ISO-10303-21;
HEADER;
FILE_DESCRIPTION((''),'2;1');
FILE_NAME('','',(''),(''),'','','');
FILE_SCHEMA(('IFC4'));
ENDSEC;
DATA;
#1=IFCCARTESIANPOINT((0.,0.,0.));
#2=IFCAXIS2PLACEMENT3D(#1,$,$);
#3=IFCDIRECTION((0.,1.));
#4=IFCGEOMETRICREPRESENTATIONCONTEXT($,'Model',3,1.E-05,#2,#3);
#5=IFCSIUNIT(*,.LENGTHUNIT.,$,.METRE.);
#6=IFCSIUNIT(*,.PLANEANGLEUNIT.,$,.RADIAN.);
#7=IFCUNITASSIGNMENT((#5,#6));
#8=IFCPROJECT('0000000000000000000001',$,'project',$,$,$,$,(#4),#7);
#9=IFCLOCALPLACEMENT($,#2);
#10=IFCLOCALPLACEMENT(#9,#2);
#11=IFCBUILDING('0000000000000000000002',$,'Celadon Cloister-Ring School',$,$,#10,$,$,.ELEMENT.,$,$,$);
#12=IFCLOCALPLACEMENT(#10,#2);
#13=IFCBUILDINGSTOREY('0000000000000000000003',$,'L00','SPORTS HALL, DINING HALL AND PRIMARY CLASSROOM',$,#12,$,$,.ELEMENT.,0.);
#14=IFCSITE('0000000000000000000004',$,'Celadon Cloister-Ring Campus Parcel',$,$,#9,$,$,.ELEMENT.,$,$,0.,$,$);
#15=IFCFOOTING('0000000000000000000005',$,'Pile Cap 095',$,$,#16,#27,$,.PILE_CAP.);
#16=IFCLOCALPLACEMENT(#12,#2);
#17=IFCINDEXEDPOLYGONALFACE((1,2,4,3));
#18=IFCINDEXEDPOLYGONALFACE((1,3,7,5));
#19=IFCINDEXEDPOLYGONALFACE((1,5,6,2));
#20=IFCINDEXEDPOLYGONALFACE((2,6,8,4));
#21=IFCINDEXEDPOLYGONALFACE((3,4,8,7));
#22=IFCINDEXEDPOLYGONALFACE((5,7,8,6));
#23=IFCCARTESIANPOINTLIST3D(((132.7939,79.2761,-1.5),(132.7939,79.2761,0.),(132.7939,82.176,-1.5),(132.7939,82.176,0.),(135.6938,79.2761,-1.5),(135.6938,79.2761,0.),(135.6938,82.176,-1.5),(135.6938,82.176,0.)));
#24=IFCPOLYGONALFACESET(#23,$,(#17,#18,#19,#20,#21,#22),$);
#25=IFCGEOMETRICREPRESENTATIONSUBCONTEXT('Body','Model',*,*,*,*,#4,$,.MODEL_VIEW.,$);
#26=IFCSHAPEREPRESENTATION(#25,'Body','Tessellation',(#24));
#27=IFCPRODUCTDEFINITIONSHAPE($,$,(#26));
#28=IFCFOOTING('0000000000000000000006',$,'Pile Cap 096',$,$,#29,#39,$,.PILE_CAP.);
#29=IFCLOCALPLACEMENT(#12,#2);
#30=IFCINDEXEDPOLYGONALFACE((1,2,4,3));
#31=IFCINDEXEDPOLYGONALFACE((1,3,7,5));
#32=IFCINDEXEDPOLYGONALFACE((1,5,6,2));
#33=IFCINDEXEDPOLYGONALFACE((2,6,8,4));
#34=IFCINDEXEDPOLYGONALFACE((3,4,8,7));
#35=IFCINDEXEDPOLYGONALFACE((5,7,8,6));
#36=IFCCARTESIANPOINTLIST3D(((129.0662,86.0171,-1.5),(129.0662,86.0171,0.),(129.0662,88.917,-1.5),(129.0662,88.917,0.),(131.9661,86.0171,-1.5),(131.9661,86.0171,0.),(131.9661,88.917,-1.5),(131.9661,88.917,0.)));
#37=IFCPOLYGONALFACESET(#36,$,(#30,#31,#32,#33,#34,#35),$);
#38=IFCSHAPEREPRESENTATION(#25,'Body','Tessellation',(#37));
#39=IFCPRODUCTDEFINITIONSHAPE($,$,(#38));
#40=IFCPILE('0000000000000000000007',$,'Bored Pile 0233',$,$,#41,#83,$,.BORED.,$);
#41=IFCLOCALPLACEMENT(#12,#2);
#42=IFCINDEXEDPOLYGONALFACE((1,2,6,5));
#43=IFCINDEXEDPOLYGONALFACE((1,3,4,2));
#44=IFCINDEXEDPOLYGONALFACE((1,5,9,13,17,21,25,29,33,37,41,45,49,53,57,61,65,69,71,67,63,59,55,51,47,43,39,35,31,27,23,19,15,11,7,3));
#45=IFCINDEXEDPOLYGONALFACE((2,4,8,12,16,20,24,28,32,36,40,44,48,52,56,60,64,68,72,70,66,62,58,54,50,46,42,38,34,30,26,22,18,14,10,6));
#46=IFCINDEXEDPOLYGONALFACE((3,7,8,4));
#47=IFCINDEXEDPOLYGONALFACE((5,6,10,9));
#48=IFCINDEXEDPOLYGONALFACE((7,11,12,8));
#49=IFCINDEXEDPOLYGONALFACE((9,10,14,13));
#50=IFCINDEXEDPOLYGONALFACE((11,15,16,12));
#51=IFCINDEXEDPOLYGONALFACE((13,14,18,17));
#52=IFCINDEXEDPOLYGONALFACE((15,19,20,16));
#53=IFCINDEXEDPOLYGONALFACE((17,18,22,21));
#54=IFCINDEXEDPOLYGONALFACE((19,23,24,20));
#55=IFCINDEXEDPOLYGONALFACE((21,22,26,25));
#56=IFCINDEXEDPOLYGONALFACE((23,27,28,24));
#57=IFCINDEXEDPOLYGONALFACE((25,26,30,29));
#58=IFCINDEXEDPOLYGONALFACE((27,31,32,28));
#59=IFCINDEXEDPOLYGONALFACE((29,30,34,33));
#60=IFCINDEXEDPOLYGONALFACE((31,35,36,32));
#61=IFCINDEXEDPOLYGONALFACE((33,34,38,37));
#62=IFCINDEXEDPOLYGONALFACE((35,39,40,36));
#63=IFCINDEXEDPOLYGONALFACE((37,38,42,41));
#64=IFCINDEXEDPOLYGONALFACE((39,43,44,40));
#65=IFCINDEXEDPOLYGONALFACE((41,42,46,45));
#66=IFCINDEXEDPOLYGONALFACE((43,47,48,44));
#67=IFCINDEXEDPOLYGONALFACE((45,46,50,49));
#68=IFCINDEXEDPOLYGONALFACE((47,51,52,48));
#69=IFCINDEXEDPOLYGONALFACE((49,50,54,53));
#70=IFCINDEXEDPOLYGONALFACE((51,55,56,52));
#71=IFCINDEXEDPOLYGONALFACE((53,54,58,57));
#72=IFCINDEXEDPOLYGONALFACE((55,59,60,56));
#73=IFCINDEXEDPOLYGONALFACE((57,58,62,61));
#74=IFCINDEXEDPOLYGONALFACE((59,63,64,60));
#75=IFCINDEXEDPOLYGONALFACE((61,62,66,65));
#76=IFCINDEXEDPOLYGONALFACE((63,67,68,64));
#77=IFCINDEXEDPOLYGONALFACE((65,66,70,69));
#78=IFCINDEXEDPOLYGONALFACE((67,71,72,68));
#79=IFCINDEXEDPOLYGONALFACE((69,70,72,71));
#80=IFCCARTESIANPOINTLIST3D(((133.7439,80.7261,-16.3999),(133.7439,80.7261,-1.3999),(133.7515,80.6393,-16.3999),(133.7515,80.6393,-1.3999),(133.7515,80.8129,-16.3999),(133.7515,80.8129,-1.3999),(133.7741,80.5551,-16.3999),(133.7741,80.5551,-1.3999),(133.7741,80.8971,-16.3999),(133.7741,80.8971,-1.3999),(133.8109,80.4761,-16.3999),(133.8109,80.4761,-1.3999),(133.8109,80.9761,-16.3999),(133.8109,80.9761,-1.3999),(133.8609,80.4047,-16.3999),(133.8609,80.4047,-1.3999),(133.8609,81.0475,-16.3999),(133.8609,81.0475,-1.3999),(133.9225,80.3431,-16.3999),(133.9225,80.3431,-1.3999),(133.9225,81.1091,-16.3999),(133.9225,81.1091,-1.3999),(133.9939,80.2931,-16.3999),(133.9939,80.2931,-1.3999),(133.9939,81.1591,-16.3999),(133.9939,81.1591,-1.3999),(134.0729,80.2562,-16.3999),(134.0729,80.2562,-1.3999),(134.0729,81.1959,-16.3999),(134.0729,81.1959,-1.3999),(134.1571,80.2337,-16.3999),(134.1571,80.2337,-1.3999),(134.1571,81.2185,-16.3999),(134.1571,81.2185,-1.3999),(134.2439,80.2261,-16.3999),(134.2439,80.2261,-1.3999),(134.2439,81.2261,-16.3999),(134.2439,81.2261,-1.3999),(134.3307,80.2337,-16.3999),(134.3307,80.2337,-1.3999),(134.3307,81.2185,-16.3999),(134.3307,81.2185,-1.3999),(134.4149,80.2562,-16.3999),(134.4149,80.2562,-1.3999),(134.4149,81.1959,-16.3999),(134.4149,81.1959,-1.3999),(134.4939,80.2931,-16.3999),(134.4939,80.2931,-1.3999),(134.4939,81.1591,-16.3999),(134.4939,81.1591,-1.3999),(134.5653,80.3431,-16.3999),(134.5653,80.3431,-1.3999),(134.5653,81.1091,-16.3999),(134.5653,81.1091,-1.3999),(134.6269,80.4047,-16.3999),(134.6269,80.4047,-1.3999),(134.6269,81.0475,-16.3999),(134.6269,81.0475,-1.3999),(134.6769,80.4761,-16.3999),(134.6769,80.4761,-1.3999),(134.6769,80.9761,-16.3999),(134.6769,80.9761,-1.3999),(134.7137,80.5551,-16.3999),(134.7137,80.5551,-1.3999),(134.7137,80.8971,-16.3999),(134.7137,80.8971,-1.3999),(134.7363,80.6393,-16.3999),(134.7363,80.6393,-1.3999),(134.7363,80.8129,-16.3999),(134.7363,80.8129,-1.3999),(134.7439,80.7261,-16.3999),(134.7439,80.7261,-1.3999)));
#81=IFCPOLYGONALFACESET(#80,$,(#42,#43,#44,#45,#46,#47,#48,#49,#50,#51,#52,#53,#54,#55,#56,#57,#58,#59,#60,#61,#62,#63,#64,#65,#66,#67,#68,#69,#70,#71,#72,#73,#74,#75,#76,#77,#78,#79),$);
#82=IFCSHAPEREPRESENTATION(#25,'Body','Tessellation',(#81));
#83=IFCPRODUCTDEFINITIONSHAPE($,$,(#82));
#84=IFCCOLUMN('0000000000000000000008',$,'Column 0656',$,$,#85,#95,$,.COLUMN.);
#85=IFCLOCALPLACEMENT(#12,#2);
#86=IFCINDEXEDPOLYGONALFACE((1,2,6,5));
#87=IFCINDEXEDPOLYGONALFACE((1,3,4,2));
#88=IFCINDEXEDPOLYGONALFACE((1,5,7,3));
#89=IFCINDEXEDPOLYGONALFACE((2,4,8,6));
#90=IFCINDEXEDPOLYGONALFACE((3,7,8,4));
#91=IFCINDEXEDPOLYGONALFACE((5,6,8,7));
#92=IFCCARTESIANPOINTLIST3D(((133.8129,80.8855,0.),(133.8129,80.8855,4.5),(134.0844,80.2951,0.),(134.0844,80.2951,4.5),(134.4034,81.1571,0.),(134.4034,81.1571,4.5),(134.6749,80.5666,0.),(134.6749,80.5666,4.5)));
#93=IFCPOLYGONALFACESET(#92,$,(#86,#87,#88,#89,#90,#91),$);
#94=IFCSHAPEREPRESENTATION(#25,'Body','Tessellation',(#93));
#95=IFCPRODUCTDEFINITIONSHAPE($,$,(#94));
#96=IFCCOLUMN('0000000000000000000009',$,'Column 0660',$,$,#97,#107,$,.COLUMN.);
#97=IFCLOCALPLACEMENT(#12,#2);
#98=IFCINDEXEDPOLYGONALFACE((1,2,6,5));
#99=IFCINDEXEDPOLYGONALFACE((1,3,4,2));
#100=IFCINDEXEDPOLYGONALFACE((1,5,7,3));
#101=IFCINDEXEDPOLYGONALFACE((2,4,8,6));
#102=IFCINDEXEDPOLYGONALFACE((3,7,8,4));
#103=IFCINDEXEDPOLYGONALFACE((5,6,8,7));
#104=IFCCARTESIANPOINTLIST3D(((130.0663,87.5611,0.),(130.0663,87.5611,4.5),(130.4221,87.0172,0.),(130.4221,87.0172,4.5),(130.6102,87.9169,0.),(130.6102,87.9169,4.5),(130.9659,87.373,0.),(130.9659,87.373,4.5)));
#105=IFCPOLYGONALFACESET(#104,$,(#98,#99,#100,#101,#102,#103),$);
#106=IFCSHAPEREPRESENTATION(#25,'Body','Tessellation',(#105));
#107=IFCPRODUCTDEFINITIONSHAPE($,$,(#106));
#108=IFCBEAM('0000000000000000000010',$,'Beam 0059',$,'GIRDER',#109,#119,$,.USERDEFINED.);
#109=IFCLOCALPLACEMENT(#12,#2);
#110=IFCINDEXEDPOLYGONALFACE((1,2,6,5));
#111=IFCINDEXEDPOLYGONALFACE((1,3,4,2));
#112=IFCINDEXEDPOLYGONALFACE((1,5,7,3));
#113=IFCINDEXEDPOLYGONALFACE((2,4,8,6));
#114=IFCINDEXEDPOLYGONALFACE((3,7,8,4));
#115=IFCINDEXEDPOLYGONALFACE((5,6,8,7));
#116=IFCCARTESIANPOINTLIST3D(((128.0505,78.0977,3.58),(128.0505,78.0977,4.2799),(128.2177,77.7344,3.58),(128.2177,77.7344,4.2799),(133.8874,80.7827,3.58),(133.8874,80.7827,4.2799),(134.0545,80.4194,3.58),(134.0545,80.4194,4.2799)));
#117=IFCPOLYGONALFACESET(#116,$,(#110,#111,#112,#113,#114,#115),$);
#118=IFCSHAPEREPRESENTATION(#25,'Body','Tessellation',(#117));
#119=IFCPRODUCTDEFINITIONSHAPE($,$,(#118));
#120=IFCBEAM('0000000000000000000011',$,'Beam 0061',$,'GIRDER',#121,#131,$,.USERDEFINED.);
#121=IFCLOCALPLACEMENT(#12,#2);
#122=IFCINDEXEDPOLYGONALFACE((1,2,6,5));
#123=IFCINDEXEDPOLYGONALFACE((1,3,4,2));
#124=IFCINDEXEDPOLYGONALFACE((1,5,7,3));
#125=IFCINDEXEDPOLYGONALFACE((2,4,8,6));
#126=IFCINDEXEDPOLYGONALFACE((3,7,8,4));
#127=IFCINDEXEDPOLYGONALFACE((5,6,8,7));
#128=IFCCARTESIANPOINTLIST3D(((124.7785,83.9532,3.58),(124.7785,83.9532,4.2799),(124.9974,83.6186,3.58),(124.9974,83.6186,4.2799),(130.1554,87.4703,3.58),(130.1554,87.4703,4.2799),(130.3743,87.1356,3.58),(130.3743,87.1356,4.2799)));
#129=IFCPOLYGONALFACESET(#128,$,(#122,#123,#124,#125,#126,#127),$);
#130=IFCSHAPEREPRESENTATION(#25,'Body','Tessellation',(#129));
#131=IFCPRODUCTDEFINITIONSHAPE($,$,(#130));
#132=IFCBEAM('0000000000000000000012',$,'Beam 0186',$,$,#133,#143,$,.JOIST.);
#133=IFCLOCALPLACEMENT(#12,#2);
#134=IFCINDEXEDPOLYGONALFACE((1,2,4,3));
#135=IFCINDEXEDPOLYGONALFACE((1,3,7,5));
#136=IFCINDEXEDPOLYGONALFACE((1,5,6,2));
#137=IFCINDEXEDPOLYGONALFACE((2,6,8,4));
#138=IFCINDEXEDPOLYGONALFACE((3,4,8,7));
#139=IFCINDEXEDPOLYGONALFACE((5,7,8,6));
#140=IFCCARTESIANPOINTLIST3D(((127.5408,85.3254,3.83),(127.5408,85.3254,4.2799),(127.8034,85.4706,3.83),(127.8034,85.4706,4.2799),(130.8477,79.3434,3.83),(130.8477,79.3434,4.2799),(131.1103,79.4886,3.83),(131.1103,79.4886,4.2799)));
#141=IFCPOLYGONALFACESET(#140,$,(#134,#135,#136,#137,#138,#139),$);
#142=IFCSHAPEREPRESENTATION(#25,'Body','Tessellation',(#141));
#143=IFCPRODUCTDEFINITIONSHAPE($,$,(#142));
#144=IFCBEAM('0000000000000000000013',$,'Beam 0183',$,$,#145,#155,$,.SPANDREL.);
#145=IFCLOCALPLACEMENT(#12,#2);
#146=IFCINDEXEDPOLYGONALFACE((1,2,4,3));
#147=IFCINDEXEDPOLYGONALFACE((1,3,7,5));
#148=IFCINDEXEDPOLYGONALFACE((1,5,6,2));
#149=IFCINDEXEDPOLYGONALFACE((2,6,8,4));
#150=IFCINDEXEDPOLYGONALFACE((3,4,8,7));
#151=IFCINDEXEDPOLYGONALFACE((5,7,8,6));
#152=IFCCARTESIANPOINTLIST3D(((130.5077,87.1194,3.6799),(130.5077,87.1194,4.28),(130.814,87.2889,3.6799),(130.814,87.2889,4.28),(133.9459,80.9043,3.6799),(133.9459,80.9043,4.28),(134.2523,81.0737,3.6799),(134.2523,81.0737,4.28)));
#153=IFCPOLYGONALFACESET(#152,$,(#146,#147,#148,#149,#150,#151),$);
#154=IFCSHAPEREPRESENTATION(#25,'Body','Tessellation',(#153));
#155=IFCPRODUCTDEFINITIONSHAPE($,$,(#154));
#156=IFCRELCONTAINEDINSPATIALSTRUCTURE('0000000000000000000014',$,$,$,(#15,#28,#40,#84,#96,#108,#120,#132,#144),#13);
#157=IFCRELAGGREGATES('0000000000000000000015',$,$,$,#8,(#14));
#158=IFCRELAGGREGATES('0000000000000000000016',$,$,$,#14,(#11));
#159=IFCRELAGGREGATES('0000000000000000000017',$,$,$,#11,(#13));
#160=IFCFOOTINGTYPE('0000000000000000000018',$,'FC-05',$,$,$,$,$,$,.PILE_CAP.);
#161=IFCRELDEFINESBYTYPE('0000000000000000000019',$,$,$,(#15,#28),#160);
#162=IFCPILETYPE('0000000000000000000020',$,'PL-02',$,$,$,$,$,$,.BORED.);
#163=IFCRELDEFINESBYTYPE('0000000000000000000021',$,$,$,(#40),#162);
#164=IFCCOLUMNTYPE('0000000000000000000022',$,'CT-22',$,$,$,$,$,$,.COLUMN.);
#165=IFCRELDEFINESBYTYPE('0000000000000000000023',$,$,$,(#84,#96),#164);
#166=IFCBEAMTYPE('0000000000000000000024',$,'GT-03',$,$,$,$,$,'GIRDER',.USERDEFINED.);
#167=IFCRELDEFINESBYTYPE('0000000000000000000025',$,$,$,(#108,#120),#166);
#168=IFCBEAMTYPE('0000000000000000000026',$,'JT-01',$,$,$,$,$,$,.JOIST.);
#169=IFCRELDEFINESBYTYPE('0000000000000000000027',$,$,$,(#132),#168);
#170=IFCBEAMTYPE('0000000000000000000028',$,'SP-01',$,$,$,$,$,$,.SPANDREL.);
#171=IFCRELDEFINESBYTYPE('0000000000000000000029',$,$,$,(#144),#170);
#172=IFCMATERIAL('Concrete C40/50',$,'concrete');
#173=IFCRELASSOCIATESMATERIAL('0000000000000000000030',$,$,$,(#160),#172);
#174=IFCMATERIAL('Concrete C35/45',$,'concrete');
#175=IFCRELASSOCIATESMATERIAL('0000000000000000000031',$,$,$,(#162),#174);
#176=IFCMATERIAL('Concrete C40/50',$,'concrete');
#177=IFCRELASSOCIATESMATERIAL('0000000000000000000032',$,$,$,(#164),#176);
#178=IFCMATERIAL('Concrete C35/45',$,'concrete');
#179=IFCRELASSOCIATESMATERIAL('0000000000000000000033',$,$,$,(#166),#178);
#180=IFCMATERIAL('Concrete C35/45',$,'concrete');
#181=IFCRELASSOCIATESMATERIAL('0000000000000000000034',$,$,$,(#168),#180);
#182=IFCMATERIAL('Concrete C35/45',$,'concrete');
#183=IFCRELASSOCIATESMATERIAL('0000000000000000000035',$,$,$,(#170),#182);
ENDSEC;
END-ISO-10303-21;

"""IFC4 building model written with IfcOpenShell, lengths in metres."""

from ifc_helpers import new_model, si_unit, direction, frame, origin, origin_2d, place, context, subcontext, project, spatial, rectangle, circle, extrude, material, material_profile, profile_set, type_object, element, save


model = new_model("IFC4")

# Units and contexts
model_context = context("Model", 3, precision=1e-05, world=origin(), true_north=direction((0.0, 1.0)))
body_context = subcontext(model_context, "Body", "Model", "MODEL_VIEW")
ifc_project = project(units=[si_unit("LENGTHUNIT", "METRE"), si_unit("PLANEANGLEUNIT", "RADIAN")], contexts=[model_context])

# Site, building, storey
site_placement = place(None, origin())
site = spatial("IfcSite", under=ifc_project, at=site_placement, Name="Celadon Cloister-Ring Campus Parcel", CompositionType="ELEMENT", RefElevation=0.0)
building_placement = place(site_placement, origin())
building = spatial("IfcBuilding", under=site, at=building_placement, Name="Celadon Cloister-Ring School", CompositionType="ELEMENT")
storey_placement = place(building_placement, origin())
storey = spatial("IfcBuildingStorey", under=building, at=storey_placement, Name="L00", Description="SPORTS HALL, DINING HALL AND PRIMARY CLASSROOM", CompositionType="ELEMENT", Elevation=0.0)

# Footings
ifc_material_1 = material(Name="Concrete C40/50", Category="concrete")
footing_type = type_object("IfcFootingType", Name="FC-05", PredefinedType="PILE_CAP", material=ifc_material_1)
for number, where, z_axis, x_axis, name in (
    (1, (134.2439, 80.7261, -1.5), (0.0, 0.0, 1.0), (1.0, 0.0, 0.0), "Pile Cap 095"),
    (2, (130.5161, 87.467, -1.5), (0.0, 0.0, 1.0), (1.0, 0.0, 0.0), "Pile Cap 096"),
):
    element("IfcFooting", number, at=place(storey_placement, frame(where, z_axis=z_axis, x_axis=x_axis)), inside=storey, type_object=footing_type, Name=name, PredefinedType="PILE_CAP", context=body_context, shape_type="SweptSolid", body=[
        extrude(rectangle(XDim=2.8999, YDim=2.8999, at=origin_2d()), origin(), (0.0, 0.0, 1.0), 1.5),
    ])

# Pile
ifc_material_2 = material(Name="Concrete C35/45", Category="concrete")
ifc_material_profile_1 = material_profile(ifc_material_2, circle(Radius=0.5, at=origin_2d()), Name="PILE1000")
ifc_profile_set_1 = profile_set([ifc_material_profile_1], Name="Concrete C35/45")
pile_type = type_object("IfcPileType", Name="PL-02", PredefinedType="BORED", material=ifc_profile_set_1)
pile_placement = place(storey_placement, frame((134.2439, 80.7261, -1.3999), z_axis=(0.0, 0.0, -1.0), x_axis=(1.0, 0.0, 0.0)))
element("IfcPile", 3, at=pile_placement, inside=storey, type_object=pile_type, Name="Bored Pile 0233", PredefinedType="BORED", context=body_context, shape_type="SweptSolid", body=[
    extrude(circle(Radius=0.5, at=origin_2d()), origin(), (0.0, 0.0, 1.0), 15.0),
])

# Columns
ifc_material_3 = material(Name="Concrete C40/50", Category="concrete")
ifc_material_profile_2 = material_profile(ifc_material_3, rectangle(XDim=0.6499, YDim=0.6499, at=origin_2d()), Name="RC650X650")
ifc_profile_set_2 = profile_set([ifc_material_profile_2], Name="Concrete C40/50")
column_type = type_object("IfcColumnType", Name="CT-22", PredefinedType="COLUMN", material=ifc_profile_set_2)
for number, where, z_axis, x_axis, name in (
    (4, (134.2439, 80.7261, 0.0), (0.0, 0.0, 1.0), (0.908537, 0.417804, 0.0), "Column 0656"),
    (5, (130.5161, 87.467, 0.0), (0.0, 0.0, 1.0), (0.836841, 0.547446, 0.0), "Column 0660"),
):
    element("IfcColumn", number, at=place(storey_placement, frame(where, z_axis=z_axis, x_axis=x_axis)), inside=storey, type_object=column_type, Name=name, PredefinedType="COLUMN", context=body_context, shape_type="SweptSolid", body=[
        extrude(rectangle(XDim=0.6499, YDim=0.6499, at=origin_2d()), origin(), (0.0, 0.0, 1.0), 4.5),
    ])

# Beams
ifc_material_4 = material(Name="Concrete C35/45", Category="concrete")
ifc_material_profile_3 = material_profile(ifc_material_4, rectangle(XDim=0.3999, YDim=0.7, at=origin_2d()), Name="RC400X700")
ifc_profile_set_3 = profile_set([ifc_material_profile_3], Name="Concrete C35/45")
beam_type_1 = type_object("IfcBeamType", Name="GT-03", ElementType="GIRDER", PredefinedType="USERDEFINED", material=ifc_profile_set_3)
beam_1_placement = place(storey_placement, frame((133.9709, 80.6011, 3.9299), z_axis=(-0.908486, -0.417916, 0.0), x_axis=(0.417916, -0.908486, 0.0)))
element("IfcBeam", 6, at=beam_1_placement, inside=storey, type_object=beam_type_1, Name="Beam 0059", ObjectType="GIRDER", PredefinedType="USERDEFINED", context=body_context, shape_type="SweptSolid", body=[
    extrude(rectangle(XDim=0.3999, YDim=0.7, at=origin_2d()), origin(), (0.0, 0.0, 1.0), 6.4248),
])
beam_2_placement = place(storey_placement, frame((130.2649, 87.303, 3.9299), z_axis=(-0.836871, -0.547401, 0.0), x_axis=(0.547401, -0.836871, 0.0)))
element("IfcBeam", 7, at=beam_2_placement, inside=storey, type_object=beam_type_1, Name="Beam 0061", ObjectType="GIRDER", PredefinedType="USERDEFINED", context=body_context, shape_type="SweptSolid", body=[
    extrude(rectangle(XDim=0.3999, YDim=0.7, at=origin_2d()), origin(), (0.0, 0.0, 1.0), 6.425),
])
ifc_material_5 = material(Name="Concrete C35/45", Category="concrete")
ifc_material_profile_4 = material_profile(ifc_material_5, rectangle(XDim=0.3, YDim=0.45, at=origin_2d()), Name="RC300X450")
ifc_profile_set_4 = profile_set([ifc_material_profile_4], Name="Concrete C35/45")
beam_type_2 = type_object("IfcBeamType", Name="JT-01", PredefinedType="JOIST", material=ifc_profile_set_4)
beam_3_placement = place(storey_placement, frame((130.979, 79.416, 4.0549), z_axis=(-0.483807, 0.875175, 0.0), x_axis=(-0.875175, -0.483807, 0.0)))
element("IfcBeam", 8, at=beam_3_placement, inside=storey, type_object=beam_type_2, Name="Beam 0186", PredefinedType="JOIST", context=body_context, shape_type="SweptSolid", body=[
    extrude(rectangle(XDim=0.3, YDim=0.45, at=origin_2d()), origin(), (0.0, 0.0, 1.0), 6.8352),
])
ifc_material_6 = material(Name="Concrete C35/45", Category="concrete")
ifc_material_profile_5 = material_profile(ifc_material_6, rectangle(XDim=0.3501, YDim=0.6001, at=origin_2d()), Name="RC350X600")
ifc_profile_set_5 = profile_set([ifc_material_profile_5], Name="Concrete C35/45")
beam_type_3 = type_object("IfcBeamType", Name="SP-01", PredefinedType="SPANDREL", material=ifc_profile_set_5)
beam_4_placement = place(storey_placement, frame((134.0991, 80.989, 3.98), z_axis=(-0.484072, 0.875028, 0.0), x_axis=(-0.875028, -0.484072, 0.0)))
element("IfcBeam", 9, at=beam_4_placement, inside=storey, type_object=beam_type_3, Name="Beam 0183", PredefinedType="SPANDREL", context=body_context, shape_type="SweptSolid", body=[
    extrude(rectangle(XDim=0.3501, YDim=0.6001, at=origin_2d()), origin(), (0.0, 0.0, 1.0), 7.1028),
])

save(model, "model.ifc")
